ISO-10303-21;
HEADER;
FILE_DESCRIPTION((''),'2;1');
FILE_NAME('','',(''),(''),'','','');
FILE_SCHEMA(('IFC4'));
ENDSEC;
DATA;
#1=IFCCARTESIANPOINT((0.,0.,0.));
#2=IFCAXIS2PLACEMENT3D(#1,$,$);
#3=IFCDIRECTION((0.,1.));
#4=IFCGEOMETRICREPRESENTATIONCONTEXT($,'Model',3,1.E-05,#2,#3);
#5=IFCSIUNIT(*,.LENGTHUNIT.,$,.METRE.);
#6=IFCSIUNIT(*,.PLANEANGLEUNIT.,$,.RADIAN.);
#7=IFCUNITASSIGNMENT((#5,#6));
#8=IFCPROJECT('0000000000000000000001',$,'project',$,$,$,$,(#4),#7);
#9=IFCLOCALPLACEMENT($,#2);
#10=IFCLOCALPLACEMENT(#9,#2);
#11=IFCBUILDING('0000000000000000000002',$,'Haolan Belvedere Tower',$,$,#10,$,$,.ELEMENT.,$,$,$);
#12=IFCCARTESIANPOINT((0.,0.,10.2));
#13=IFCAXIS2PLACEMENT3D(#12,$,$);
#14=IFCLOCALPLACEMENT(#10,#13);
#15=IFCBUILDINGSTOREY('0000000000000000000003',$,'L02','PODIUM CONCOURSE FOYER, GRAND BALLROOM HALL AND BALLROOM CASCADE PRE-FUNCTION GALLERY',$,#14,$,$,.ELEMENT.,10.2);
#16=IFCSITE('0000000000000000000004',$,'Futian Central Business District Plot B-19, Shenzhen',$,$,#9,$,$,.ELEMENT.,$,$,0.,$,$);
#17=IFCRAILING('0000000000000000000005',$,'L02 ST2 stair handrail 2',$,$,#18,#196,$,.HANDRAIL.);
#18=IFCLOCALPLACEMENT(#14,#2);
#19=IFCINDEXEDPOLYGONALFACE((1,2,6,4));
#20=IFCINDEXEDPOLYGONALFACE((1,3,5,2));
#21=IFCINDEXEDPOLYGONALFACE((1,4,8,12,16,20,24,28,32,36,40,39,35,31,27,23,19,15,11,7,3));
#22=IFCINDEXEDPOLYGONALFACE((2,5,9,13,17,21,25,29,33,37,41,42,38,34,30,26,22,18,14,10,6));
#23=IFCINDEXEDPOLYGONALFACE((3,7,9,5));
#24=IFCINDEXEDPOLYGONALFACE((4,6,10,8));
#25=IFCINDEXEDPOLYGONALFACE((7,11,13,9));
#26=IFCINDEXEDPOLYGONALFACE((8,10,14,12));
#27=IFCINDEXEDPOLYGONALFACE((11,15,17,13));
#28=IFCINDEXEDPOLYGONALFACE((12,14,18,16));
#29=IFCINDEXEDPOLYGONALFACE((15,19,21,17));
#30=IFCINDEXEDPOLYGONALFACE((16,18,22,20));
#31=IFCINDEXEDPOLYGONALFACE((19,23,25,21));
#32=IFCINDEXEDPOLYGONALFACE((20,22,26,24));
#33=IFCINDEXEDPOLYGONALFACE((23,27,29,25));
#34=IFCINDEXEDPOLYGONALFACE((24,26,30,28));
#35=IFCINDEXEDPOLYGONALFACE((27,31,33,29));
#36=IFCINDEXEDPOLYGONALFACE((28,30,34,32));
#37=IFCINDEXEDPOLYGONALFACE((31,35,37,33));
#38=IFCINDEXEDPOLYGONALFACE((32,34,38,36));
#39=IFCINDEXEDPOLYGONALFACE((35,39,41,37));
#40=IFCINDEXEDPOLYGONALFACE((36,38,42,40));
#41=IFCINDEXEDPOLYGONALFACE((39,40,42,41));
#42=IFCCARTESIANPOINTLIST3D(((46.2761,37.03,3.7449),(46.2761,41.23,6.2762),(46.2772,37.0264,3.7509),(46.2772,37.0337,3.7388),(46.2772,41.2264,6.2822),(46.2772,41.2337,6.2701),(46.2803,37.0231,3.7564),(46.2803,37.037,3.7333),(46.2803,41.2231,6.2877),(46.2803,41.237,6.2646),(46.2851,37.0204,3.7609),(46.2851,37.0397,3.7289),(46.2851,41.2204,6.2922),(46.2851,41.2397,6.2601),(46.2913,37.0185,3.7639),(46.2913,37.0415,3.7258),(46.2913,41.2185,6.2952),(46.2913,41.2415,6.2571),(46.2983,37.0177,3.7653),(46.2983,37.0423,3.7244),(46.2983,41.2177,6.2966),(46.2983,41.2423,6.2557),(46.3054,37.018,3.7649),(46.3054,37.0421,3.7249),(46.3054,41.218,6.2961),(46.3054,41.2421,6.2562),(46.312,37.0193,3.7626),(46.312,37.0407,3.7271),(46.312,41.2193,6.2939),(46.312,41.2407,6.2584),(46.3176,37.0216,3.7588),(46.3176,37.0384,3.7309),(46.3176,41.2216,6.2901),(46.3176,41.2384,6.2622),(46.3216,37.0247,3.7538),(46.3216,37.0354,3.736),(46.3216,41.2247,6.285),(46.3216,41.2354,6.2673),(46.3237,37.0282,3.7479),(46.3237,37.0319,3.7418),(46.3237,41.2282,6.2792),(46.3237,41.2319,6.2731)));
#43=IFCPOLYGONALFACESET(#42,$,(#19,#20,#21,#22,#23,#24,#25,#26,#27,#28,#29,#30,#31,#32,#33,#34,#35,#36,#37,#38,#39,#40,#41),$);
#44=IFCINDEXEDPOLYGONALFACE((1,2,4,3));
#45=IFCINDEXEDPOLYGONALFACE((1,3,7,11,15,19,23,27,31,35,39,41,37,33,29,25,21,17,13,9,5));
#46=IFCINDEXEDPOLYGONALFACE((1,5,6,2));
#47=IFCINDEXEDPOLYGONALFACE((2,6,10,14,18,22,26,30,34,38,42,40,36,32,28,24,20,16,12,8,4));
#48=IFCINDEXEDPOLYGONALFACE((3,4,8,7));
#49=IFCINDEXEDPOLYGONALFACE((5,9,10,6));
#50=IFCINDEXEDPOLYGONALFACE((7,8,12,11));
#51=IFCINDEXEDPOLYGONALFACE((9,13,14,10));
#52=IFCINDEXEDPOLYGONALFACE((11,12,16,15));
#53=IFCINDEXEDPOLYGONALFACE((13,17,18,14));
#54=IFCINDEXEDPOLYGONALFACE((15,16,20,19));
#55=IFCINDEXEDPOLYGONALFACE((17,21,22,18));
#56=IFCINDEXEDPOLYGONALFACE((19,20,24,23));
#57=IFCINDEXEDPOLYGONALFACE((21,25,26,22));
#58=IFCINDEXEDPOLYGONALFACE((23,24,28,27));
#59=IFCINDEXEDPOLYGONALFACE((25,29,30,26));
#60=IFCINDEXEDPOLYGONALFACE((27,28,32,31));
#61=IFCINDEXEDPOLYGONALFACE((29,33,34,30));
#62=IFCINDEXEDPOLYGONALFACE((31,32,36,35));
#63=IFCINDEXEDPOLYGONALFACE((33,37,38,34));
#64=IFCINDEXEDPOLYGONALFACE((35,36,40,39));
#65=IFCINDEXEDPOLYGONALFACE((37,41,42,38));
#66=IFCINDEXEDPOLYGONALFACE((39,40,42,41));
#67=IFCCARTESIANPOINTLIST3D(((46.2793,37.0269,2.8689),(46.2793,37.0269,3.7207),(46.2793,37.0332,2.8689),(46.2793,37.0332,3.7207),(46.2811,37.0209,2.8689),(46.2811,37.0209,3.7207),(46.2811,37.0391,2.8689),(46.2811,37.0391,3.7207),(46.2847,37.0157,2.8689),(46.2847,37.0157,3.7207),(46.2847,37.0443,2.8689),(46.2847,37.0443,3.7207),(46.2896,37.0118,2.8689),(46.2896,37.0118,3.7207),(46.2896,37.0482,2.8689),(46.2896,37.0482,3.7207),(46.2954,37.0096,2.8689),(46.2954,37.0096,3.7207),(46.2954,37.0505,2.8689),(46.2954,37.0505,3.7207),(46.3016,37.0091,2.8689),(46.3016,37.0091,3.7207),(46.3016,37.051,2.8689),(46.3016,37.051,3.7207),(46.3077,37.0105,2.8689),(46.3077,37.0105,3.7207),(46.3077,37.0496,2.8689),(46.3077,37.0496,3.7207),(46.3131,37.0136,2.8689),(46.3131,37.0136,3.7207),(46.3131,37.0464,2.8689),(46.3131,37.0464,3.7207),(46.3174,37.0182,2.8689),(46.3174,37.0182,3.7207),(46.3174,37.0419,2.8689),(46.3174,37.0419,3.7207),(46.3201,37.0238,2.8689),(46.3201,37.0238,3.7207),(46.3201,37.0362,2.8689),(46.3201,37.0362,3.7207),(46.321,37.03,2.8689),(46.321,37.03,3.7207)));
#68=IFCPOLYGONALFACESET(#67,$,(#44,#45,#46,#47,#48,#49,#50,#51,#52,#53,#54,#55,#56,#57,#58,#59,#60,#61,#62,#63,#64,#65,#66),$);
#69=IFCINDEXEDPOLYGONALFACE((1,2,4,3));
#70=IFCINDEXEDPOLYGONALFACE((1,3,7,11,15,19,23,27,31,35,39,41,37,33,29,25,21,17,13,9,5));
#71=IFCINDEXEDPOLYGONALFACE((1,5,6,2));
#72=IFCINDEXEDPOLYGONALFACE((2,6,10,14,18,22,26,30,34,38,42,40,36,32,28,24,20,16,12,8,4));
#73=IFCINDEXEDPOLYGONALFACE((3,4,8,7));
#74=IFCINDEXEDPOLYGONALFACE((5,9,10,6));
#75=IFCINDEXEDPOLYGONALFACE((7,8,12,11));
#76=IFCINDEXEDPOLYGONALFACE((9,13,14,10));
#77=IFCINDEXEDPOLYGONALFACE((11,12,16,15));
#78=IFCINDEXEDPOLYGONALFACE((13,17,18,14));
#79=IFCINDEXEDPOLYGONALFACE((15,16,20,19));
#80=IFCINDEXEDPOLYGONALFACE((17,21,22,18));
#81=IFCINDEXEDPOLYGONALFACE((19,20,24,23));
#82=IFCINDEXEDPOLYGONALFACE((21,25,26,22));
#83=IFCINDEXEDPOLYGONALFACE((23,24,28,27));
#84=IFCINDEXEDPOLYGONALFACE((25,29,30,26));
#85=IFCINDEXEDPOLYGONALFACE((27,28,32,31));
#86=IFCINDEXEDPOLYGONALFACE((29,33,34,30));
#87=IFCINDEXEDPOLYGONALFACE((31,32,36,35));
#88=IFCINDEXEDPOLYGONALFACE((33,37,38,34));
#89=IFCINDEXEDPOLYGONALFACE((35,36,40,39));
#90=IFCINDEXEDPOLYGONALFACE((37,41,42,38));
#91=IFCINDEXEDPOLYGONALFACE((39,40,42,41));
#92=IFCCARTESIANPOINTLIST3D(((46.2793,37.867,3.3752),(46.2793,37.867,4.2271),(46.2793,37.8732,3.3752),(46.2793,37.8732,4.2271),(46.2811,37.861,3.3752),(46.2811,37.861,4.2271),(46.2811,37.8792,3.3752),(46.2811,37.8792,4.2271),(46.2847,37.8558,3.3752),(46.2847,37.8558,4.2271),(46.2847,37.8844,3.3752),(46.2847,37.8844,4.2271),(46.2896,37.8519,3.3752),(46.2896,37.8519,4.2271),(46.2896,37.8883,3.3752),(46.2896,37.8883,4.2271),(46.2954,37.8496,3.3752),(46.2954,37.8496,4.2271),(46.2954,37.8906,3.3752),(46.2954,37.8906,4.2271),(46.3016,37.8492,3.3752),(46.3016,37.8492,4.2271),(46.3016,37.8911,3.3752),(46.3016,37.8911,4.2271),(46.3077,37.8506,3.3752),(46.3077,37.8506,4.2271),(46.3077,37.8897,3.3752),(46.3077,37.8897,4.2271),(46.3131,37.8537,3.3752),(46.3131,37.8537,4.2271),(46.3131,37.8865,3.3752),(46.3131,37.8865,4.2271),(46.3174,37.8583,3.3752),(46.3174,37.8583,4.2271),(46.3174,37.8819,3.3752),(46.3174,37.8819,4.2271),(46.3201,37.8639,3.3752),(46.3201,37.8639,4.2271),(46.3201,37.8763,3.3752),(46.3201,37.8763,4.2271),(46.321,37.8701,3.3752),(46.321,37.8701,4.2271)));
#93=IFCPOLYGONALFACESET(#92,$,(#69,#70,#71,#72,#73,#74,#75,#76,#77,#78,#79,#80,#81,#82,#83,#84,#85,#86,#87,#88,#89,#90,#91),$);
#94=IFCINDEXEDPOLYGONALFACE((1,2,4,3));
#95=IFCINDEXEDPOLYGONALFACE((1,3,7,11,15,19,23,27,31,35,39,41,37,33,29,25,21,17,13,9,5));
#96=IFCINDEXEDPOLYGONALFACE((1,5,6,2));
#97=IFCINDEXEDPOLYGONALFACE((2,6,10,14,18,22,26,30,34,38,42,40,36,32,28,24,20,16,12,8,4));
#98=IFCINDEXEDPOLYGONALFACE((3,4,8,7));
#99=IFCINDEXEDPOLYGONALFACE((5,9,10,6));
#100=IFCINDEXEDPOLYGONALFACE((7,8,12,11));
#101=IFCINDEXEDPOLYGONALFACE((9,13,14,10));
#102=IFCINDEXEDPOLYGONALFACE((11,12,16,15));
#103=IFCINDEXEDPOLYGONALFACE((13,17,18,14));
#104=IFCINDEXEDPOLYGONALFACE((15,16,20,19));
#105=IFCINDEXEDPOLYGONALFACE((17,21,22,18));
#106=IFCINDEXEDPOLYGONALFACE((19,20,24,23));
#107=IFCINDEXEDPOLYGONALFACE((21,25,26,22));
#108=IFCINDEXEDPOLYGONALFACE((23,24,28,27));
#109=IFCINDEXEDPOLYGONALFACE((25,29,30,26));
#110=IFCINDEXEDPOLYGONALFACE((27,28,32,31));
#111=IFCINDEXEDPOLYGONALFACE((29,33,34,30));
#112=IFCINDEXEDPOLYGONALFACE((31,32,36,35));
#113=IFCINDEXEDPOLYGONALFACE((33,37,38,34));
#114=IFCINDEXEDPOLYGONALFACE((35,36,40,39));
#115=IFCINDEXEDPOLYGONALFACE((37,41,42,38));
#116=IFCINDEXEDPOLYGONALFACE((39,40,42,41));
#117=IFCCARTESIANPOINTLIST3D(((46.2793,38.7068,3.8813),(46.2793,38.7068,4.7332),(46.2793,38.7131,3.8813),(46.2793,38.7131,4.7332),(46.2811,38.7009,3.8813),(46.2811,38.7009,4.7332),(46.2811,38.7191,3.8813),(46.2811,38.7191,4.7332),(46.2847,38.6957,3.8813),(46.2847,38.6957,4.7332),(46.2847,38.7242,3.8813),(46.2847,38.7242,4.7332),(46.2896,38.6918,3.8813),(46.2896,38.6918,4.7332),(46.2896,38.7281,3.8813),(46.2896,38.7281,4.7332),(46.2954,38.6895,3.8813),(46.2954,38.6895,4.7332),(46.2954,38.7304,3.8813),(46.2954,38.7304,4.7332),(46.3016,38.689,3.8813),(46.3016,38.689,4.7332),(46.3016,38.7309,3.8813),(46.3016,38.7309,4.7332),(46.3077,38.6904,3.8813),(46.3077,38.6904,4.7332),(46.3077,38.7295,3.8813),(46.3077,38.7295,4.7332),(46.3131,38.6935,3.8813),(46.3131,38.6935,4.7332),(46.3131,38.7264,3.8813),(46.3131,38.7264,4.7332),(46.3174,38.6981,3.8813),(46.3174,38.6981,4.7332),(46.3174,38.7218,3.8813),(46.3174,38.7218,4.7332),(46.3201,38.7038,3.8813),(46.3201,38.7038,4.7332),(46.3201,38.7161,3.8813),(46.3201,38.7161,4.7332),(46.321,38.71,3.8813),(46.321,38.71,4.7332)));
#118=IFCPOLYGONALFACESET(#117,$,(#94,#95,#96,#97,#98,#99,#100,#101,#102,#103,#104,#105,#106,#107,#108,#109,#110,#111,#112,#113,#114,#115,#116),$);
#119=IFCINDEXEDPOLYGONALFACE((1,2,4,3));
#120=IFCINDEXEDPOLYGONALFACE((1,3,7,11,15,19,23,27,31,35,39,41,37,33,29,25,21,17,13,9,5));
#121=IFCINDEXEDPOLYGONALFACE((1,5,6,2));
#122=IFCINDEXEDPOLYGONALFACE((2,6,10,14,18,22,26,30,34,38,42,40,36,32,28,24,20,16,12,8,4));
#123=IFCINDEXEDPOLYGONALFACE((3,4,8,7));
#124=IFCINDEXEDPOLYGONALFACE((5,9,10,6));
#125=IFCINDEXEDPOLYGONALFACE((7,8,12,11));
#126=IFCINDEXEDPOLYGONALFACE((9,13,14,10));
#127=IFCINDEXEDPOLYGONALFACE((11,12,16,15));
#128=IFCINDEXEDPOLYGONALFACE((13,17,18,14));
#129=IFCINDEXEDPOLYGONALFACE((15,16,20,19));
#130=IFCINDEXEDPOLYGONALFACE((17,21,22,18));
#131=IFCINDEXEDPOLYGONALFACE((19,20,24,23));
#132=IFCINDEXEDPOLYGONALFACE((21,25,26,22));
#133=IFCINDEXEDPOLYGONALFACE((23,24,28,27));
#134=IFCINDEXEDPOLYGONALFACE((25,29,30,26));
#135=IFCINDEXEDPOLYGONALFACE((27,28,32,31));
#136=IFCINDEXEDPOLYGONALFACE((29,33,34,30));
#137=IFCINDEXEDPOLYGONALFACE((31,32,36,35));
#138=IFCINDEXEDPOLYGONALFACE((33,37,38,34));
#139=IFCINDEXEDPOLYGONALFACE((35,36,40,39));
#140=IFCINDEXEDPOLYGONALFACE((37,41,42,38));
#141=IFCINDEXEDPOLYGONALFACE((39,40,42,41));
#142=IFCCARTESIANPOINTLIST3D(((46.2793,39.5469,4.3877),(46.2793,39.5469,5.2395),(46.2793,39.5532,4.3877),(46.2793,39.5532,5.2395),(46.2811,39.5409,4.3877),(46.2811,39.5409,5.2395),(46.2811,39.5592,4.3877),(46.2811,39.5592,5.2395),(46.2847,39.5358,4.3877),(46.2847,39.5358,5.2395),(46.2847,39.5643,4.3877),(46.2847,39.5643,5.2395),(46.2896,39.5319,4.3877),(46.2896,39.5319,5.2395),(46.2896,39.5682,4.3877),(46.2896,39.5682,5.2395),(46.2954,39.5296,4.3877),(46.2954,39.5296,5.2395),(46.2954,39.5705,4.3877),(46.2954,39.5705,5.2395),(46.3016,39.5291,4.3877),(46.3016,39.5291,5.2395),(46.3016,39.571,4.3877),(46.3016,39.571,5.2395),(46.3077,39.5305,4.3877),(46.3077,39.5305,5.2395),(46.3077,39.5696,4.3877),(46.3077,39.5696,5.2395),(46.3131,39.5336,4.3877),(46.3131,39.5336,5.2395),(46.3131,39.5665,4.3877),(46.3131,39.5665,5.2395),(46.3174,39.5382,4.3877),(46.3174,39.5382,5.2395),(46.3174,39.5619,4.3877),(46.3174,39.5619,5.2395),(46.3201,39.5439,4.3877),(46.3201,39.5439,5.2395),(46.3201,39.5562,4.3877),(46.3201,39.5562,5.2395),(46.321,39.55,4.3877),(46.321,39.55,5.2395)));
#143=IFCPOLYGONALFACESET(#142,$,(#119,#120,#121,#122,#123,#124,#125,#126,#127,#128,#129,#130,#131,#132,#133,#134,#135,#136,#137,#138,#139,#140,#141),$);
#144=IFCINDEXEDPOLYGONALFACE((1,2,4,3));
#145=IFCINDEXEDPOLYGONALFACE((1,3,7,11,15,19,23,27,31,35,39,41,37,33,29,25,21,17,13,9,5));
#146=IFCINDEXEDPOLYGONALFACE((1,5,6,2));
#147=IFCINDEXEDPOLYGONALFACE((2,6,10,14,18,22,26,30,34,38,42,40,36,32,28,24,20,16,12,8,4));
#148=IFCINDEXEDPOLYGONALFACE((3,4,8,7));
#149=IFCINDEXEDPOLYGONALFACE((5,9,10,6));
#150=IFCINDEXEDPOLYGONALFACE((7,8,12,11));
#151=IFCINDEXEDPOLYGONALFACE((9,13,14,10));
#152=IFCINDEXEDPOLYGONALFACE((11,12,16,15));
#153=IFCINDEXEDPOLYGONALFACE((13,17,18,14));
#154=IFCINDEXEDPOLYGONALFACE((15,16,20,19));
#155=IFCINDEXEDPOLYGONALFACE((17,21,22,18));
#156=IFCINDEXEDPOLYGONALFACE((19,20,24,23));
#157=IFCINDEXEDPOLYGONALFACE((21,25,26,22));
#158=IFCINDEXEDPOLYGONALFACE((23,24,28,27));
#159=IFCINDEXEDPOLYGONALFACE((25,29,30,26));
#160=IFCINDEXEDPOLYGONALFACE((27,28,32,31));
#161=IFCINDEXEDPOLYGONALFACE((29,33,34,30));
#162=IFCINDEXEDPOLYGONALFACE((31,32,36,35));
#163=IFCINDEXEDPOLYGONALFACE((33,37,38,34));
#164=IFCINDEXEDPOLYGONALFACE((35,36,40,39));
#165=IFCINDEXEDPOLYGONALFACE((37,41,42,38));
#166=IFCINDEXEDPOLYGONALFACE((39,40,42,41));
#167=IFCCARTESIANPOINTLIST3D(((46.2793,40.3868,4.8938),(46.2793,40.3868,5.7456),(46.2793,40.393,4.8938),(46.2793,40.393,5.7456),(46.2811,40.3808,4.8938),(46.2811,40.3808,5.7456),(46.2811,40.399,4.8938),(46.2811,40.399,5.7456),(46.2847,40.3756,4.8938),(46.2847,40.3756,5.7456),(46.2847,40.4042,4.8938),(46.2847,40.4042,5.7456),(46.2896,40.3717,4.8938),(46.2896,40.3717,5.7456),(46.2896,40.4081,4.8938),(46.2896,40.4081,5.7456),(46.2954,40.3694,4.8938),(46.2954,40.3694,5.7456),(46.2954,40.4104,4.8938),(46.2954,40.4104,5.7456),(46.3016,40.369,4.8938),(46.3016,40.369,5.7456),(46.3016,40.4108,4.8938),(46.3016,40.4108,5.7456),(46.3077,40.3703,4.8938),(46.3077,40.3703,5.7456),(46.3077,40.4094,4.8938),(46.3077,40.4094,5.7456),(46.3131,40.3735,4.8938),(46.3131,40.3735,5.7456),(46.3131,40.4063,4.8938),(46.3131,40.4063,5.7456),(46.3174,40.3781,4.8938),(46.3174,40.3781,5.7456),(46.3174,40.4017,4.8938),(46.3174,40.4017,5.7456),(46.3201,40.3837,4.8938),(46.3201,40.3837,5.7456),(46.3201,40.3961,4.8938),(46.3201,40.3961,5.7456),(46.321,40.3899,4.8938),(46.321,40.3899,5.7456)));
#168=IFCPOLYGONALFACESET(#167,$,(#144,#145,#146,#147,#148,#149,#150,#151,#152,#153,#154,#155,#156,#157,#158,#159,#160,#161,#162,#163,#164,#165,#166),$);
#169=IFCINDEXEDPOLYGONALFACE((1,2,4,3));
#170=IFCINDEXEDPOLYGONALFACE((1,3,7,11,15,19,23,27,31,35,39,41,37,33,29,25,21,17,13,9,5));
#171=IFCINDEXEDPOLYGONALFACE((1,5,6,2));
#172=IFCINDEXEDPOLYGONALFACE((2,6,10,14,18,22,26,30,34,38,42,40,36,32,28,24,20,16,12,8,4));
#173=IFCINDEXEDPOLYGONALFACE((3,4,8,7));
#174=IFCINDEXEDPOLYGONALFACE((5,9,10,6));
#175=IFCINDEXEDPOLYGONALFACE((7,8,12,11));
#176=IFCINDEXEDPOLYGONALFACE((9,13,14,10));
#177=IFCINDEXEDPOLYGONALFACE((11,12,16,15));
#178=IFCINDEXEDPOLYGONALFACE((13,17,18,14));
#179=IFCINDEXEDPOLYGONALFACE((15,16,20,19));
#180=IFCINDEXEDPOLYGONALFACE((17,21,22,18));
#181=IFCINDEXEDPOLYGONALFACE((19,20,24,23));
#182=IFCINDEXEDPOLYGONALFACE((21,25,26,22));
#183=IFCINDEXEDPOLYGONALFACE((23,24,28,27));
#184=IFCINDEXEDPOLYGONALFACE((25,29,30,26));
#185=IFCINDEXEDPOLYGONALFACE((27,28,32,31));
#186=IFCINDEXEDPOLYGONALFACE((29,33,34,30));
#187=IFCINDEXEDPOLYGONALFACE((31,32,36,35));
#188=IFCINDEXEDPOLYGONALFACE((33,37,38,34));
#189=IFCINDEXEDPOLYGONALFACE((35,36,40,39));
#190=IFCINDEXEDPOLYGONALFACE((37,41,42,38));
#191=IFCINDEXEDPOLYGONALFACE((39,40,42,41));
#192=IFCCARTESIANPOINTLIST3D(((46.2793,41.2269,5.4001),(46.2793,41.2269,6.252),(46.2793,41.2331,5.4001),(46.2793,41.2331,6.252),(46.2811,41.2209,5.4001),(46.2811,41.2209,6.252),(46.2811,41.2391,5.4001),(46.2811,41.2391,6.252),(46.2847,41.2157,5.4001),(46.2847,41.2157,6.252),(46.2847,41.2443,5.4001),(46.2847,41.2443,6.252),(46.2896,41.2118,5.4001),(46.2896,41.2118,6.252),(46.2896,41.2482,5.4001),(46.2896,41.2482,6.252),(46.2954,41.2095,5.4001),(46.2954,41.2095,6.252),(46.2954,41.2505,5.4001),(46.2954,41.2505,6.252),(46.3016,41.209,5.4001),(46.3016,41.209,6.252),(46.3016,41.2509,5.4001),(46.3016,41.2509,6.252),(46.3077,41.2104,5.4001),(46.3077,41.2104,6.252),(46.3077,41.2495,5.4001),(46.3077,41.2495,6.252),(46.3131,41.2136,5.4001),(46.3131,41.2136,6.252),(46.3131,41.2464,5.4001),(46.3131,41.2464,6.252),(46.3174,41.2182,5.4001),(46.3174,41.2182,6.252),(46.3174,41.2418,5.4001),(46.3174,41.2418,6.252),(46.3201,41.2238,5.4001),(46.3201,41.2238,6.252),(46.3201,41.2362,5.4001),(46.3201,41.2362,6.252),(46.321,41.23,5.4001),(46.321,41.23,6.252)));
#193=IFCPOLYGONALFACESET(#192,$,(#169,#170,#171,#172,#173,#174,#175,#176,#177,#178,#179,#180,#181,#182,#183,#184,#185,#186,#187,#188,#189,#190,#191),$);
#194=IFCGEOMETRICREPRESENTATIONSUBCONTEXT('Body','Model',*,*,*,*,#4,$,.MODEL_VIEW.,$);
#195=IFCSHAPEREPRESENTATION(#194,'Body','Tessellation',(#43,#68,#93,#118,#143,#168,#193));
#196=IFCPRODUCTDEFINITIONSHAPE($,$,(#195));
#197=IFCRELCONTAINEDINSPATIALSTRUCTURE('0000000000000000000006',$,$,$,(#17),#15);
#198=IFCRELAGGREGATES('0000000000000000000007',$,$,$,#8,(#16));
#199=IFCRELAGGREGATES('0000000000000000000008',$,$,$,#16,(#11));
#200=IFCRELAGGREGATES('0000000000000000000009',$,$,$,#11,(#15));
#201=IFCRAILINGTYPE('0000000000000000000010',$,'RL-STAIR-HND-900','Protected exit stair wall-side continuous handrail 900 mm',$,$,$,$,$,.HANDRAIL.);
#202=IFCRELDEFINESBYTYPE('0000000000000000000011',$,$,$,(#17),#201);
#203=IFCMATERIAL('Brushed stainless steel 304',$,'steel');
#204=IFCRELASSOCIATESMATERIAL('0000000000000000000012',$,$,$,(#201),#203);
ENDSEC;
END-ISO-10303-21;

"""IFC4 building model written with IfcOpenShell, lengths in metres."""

from ifc_helpers import new_model, si_unit, direction, frame, origin, origin_2d, place, context, subcontext, project, spatial, circle, extrude, material, type_object, element, save


model = new_model("IFC4")

# Units and contexts
model_context = context("Model", 3, precision=1e-05, world=origin(), true_north=direction((0.0, 1.0)))
body_context = subcontext(model_context, "Body", "Model", "MODEL_VIEW")
ifc_project = project(units=[si_unit("LENGTHUNIT", "METRE"), si_unit("PLANEANGLEUNIT", "RADIAN")], contexts=[model_context])

# Site, building, storey
site_placement = place(None, origin())
site = spatial("IfcSite", under=ifc_project, at=site_placement, Name="Futian Central Business District Plot B-19, Shenzhen", CompositionType="ELEMENT", RefElevation=0.0)
building_placement = place(site_placement, origin())
building = spatial("IfcBuilding", under=site, at=building_placement, Name="Haolan Belvedere Tower", CompositionType="ELEMENT")
storey_placement = place(building_placement, frame((0.0, 0.0, 10.2)))
storey = spatial("IfcBuildingStorey", under=building, at=storey_placement, Name="L02", Description="PODIUM CONCOURSE FOYER, GRAND BALLROOM HALL AND BALLROOM CASCADE PRE-FUNCTION GALLERY", CompositionType="ELEMENT", Elevation=10.2)

# Railing
ifc_material_1 = material(Name="Brushed stainless steel 304", Category="steel")
railing_type = type_object("IfcRailingType", Name="RL-STAIR-HND-900", Description="Protected exit stair wall-side continuous handrail 900 mm", PredefinedType="HANDRAIL", material=ifc_material_1)
railing_placement = place(storey_placement, frame((46.3, 37.03, 2.8689)))
element("IfcRailing", 1, at=railing_placement, inside=storey, type_object=railing_type, Name="L02 ST2 stair handrail 2", PredefinedType="HANDRAIL", context=body_context, shape_type="SweptSolid", body=[
    extrude(circle(Radius=0.0239, at=origin_2d()), frame((0.0, 0.0, 0.876), z_axis=(0.0, 0.856476, 0.516186), x_axis=(-1.0, 0.0, 0.0)), (0.0, 0.0, 1.0), 4.9038),
    extrude(circle(Radius=0.021, at=origin_2d()), origin(), (0.0, 0.0, 1.0), 0.8518),
    extrude(circle(Radius=0.021, at=origin_2d()), frame((0.0, 0.8401, 0.5063)), (0.0, 0.0, 1.0), 0.8518),
    extrude(circle(Radius=0.021, at=origin_2d()), frame((0.0, 1.6799, 1.0125)), (0.0, 0.0, 1.0), 0.8518),
    extrude(circle(Radius=0.021, at=origin_2d()), frame((0.0, 2.52, 1.5188)), (0.0, 0.0, 1.0), 0.8518),
    extrude(circle(Radius=0.021, at=origin_2d()), frame((0.0, 3.3599, 2.0249)), (0.0, 0.0, 1.0), 0.8518),
    extrude(circle(Radius=0.021, at=origin_2d()), frame((0.0, 4.2, 2.5312)), (0.0, 0.0, 1.0), 0.8518),
])

save(model, "model.ifc")
